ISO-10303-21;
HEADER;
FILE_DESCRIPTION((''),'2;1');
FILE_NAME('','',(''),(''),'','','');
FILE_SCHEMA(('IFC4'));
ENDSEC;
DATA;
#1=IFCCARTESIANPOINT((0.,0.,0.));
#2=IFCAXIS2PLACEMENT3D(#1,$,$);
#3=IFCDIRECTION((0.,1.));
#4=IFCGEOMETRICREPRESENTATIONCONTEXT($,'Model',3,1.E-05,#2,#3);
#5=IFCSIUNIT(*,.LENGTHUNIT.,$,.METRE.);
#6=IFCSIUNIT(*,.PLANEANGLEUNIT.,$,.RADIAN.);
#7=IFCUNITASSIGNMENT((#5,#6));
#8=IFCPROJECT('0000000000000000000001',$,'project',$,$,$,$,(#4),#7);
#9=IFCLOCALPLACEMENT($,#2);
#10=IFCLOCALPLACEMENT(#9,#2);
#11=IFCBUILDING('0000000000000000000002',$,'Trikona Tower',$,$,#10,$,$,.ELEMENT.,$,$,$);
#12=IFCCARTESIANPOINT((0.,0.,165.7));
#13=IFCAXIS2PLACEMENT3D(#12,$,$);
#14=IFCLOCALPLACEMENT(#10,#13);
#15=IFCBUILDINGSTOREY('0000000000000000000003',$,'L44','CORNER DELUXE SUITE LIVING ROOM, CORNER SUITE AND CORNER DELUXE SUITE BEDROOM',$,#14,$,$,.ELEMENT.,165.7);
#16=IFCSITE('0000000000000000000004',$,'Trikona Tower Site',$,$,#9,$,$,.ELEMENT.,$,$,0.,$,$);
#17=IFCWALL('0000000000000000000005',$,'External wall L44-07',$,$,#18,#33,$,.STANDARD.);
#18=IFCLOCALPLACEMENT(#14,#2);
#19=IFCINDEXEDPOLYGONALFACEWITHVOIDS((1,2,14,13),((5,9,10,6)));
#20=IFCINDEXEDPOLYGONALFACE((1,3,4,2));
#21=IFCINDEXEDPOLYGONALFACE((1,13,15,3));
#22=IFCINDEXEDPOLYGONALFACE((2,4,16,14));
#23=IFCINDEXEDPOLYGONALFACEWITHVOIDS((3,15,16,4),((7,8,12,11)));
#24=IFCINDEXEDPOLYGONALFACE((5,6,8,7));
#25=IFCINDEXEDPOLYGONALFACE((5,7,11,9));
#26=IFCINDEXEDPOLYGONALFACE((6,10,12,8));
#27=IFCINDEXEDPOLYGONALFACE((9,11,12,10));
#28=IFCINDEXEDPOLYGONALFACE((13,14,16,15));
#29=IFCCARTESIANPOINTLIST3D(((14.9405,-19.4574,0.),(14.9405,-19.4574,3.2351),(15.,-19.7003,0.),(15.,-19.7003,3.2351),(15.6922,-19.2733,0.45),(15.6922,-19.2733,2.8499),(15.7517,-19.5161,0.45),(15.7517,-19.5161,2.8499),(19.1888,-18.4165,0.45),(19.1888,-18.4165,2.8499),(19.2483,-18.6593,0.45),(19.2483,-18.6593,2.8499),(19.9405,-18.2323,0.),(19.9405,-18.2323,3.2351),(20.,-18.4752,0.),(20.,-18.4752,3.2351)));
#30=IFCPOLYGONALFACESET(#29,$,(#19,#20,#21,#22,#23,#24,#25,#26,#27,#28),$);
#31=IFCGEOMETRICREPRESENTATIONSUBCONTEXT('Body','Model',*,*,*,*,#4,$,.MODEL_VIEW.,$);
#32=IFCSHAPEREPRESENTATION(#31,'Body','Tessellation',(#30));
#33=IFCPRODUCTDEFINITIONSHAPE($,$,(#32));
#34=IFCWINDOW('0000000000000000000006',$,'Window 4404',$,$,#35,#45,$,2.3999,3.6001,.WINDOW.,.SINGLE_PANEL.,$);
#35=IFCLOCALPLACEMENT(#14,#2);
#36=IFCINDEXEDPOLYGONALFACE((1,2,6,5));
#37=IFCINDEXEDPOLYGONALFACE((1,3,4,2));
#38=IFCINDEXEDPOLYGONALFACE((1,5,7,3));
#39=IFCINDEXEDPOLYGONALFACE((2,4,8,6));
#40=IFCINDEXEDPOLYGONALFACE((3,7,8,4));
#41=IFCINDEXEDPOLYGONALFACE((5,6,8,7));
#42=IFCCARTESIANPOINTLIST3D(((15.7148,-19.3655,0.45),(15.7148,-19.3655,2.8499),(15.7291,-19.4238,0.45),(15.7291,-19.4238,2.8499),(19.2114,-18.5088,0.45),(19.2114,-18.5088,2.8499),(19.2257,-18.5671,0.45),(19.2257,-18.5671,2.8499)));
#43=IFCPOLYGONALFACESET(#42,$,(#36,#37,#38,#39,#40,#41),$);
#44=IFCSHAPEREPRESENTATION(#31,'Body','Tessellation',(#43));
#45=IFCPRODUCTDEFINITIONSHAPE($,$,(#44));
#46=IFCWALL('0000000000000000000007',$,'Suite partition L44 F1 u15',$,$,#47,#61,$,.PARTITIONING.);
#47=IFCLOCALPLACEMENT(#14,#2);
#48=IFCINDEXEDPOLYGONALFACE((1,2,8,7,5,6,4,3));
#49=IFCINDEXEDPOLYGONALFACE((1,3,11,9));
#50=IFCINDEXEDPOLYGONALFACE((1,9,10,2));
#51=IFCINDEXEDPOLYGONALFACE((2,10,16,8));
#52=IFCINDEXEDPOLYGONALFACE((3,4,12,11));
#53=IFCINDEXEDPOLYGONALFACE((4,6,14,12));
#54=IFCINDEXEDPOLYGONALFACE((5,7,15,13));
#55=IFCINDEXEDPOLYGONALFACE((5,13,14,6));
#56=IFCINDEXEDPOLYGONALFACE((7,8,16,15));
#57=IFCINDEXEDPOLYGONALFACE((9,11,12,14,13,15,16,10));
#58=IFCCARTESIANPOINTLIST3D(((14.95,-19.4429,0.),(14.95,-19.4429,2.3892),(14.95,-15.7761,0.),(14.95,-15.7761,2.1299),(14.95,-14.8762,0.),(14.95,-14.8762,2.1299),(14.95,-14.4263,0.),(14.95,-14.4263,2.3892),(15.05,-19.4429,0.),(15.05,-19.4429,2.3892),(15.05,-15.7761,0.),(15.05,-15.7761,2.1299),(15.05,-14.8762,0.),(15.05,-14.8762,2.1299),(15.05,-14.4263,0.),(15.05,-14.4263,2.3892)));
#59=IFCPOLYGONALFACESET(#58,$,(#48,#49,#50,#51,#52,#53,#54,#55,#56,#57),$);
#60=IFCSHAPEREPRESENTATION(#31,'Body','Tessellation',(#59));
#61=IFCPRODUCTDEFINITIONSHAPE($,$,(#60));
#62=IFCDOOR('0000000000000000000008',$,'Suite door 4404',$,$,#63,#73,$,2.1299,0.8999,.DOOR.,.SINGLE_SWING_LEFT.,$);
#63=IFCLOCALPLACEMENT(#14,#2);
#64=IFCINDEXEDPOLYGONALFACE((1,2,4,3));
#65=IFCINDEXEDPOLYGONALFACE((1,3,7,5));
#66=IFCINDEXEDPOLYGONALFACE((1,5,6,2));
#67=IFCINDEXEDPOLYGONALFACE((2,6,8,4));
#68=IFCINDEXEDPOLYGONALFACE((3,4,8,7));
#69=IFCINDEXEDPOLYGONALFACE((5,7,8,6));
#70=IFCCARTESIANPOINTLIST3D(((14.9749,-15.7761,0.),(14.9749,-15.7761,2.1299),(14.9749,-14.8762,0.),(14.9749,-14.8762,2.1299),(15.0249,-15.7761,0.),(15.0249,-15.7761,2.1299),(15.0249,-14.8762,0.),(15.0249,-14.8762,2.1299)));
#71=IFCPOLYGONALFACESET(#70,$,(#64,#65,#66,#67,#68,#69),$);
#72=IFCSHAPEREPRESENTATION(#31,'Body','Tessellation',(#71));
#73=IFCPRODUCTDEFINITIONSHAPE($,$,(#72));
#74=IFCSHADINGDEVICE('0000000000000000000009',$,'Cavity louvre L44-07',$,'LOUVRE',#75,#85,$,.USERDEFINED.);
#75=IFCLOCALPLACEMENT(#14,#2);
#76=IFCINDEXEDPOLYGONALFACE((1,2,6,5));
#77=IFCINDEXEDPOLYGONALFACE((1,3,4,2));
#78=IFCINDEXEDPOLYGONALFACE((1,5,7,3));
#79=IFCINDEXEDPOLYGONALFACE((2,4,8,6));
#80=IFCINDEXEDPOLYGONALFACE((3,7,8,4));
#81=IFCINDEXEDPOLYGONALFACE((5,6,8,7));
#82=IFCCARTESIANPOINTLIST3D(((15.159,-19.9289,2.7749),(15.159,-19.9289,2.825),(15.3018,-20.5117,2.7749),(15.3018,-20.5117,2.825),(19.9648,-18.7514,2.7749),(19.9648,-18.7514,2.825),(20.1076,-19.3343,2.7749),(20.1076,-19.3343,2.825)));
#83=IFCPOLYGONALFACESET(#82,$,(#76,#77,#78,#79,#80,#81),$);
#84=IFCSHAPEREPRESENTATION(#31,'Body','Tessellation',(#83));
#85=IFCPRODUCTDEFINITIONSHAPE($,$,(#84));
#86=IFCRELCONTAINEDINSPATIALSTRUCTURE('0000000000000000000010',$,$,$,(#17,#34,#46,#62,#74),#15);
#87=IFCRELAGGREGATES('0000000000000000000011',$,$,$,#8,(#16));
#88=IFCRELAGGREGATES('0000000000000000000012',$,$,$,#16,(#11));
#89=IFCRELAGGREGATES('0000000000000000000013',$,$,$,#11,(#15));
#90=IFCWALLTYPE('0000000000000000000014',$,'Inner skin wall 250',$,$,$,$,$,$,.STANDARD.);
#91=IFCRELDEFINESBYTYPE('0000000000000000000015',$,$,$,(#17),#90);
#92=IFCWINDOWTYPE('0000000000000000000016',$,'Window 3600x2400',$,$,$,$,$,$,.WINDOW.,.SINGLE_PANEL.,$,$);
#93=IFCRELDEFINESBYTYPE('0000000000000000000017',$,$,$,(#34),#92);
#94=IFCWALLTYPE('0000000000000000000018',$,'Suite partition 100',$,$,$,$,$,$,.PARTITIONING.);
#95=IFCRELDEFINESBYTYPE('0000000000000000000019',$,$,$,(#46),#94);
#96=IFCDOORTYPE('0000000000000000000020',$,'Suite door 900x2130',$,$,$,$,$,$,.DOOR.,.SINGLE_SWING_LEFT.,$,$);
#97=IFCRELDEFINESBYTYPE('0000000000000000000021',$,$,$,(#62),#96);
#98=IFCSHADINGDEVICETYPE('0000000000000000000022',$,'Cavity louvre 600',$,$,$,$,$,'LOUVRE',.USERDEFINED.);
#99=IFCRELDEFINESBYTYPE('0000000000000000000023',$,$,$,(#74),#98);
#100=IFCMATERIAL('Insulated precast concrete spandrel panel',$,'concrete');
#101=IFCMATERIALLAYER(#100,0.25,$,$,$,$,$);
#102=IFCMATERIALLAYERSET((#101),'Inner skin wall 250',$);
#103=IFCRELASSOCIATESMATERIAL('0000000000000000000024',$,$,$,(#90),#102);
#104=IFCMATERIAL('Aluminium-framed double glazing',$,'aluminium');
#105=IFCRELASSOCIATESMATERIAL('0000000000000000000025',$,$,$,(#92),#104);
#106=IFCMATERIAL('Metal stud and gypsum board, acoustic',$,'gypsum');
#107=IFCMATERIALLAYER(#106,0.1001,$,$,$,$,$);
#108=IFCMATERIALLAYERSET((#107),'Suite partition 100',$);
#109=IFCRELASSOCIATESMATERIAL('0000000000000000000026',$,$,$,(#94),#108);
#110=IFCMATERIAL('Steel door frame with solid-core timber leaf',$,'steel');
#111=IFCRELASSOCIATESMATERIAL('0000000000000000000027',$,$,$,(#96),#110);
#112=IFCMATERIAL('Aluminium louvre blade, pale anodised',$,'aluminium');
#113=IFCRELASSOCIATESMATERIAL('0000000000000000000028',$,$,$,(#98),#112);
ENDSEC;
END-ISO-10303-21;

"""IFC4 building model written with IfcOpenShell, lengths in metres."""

from ifc_helpers import new_model, si_unit, direction, frame, frame_2d, origin, origin_2d, place, context, subcontext, project, spatial, rectangle, extrude, material, layer, layer_set, type_object, element, fill, save


model = new_model("IFC4")

# Units and contexts
model_context = context("Model", 3, precision=1e-05, world=origin(), true_north=direction((0.0, 1.0)))
body_context = subcontext(model_context, "Body", "Model", "MODEL_VIEW")
ifc_project = project(units=[si_unit("LENGTHUNIT", "METRE"), si_unit("PLANEANGLEUNIT", "RADIAN")], contexts=[model_context])

# Site, building, storey
site_placement = place(None, origin())
site = spatial("IfcSite", under=ifc_project, at=site_placement, Name="Trikona Tower Site", CompositionType="ELEMENT", RefElevation=0.0)
building_placement = place(site_placement, origin())
building = spatial("IfcBuilding", under=site, at=building_placement, Name="Trikona Tower", CompositionType="ELEMENT")
storey_placement = place(building_placement, frame((0.0, 0.0, 165.7)))
storey = spatial("IfcBuildingStorey", under=building, at=storey_placement, Name="L44", Description="CORNER DELUXE SUITE LIVING ROOM, CORNER SUITE AND CORNER DELUXE SUITE BEDROOM", CompositionType="ELEMENT", Elevation=165.7)

# Wall, opening, window
ifc_material_1 = material(Name="Insulated precast concrete spandrel panel", Category="concrete")
ifc_layer_1 = layer(ifc_material_1, 0.25)
ifc_layer_set_1 = layer_set([ifc_layer_1], Name="Inner skin wall 250")
wall_type_1 = type_object("IfcWallType", Name="Inner skin wall 250", PredefinedType="STANDARD", material=ifc_layer_set_1)
wall_1_placement = place(storey_placement, frame((14.9702, -19.5789, 0.0), z_axis=(0.0, 0.0, 1.0), x_axis=(0.97127, 0.23798, 0.0)))
wall_1 = element("IfcWall", 1, at=wall_1_placement, inside=storey, type_object=wall_type_1, Name="External wall L44-07", PredefinedType="STANDARD", context=body_context, shape_type="SweptSolid", body=[
    extrude(rectangle(XDim=5.1479, YDim=0.25, at=frame_2d((2.574, 0.0))), origin(), (0.0, 0.0, 1.0), 3.2351),
])
opening_1_placement = place(wall_1_placement, frame((0.7739, 0.0, 0.45)))
opening_1 = element("IfcOpeningElement", 2, at=opening_1_placement, cuts=wall_1, PredefinedType="OPENING", context=body_context, shape_type="SweptSolid", body=[
    extrude(rectangle(XDim=3.6001, YDim=2.3999, at=frame_2d((1.8, 1.2))), frame((0.0, 0.135, 0.0), z_axis=(0.0, -1.0, 0.0), x_axis=(1.0, 0.0, 0.0)), (0.0, 0.0, 1.0), 0.27),
])
ifc_material_2 = material(Name="Aluminium-framed double glazing", Category="aluminium")
window_type = type_object("IfcWindowType", Name="Window 3600x2400", PartitioningType="SINGLE_PANEL", PredefinedType="WINDOW", material=ifc_material_2)
window_placement = place(opening_1_placement, origin())
window = element("IfcWindow", 3, at=window_placement, inside=storey, type_object=window_type, Name="Window 4404", OverallHeight=2.3999, OverallWidth=3.6001, PartitioningType="SINGLE_PANEL", PredefinedType="WINDOW", context=body_context, shape_type="SweptSolid", body=[
    extrude(rectangle(XDim=3.6001, YDim=2.3999, at=frame_2d((1.8, 1.2))), frame((0.0, 0.03, 0.0), z_axis=(0.0, -1.0, 0.0), x_axis=(1.0, 0.0, 0.0)), (0.0, 0.0, 1.0), 0.0601),
])
fill(opening_1, window)

# Wall, opening, door
ifc_material_3 = material(Name="Metal stud and gypsum board, acoustic", Category="gypsum")
ifc_layer_2 = layer(ifc_material_3, 0.1001)
ifc_layer_set_2 = layer_set([ifc_layer_2], Name="Suite partition 100")
wall_type_2 = type_object("IfcWallType", Name="Suite partition 100", PredefinedType="PARTITIONING", material=ifc_layer_set_2)
wall_2_placement = place(storey_placement, frame((15.0, -14.4263, 0.0), z_axis=(0.0, 0.0, 1.0), x_axis=(0.0, -1.0, 0.0)))
wall_2 = element("IfcWall", 4, at=wall_2_placement, inside=storey, type_object=wall_type_2, Name="Suite partition L44 F1 u15", PredefinedType="PARTITIONING", context=body_context, shape_type="SweptSolid", body=[
    extrude(rectangle(XDim=5.0166, YDim=0.1001, at=frame_2d((2.5083, 0.0))), origin(), (0.0, 0.0, 1.0), 2.3892),
])
opening_2_placement = place(wall_2_placement, frame((0.45, 0.0, 0.0)))
opening_2 = element("IfcOpeningElement", 5, at=opening_2_placement, cuts=wall_2, PredefinedType="OPENING", context=body_context, shape_type="SweptSolid", body=[
    extrude(rectangle(XDim=0.8999, YDim=2.1299, at=frame_2d((0.45, 1.0649))), frame((0.0, 0.0601, 0.0), z_axis=(0.0, -1.0, 0.0), x_axis=(1.0, 0.0, 0.0)), (0.0, 0.0, 1.0), 0.1201),
])
ifc_material_4 = material(Name="Steel door frame with solid-core timber leaf", Category="steel")
door_type = type_object("IfcDoorType", Name="Suite door 900x2130", OperationType="SINGLE_SWING_LEFT", PredefinedType="DOOR", material=ifc_material_4)
door_placement = place(opening_2_placement, origin())
door = element("IfcDoor", 6, at=door_placement, inside=storey, type_object=door_type, Name="Suite door 4404", OperationType="SINGLE_SWING_LEFT", OverallHeight=2.1299, OverallWidth=0.8999, PredefinedType="DOOR", context=body_context, shape_type="SweptSolid", body=[
    extrude(rectangle(XDim=0.8999, YDim=2.1299, at=frame_2d((0.45, 1.0649))), frame((0.0, 0.0249, 0.0), z_axis=(0.0, -1.0, 0.0), x_axis=(1.0, 0.0, 0.0)), (0.0, 0.0, 1.0), 0.05),
])
fill(opening_2, door)

# Shading device
ifc_material_5 = material(Name="Aluminium louvre blade, pale anodised", Category="aluminium")
shading_device_type = type_object("IfcShadingDeviceType", Name="Cavity louvre 600", ElementType="LOUVRE", PredefinedType="USERDEFINED", material=ifc_material_5)
shading_device_placement = place(storey_placement, frame((17.6333, -19.6316, 2.7749), z_axis=(0.0, 0.0, 1.0), x_axis=(0.971274, 0.237962, 0.0)))
element("IfcShadingDevice", 7, at=shading_device_placement, inside=storey, type_object=shading_device_type, Name="Cavity louvre L44-07", ObjectType="LOUVRE", PredefinedType="USERDEFINED", context=body_context, shape_type="SweptSolid", body=[
    extrude(rectangle(XDim=4.948, YDim=0.6001, at=origin_2d()), origin(), (0.0, 0.0, 1.0), 0.05),
])

save(model, "model.ifc")
